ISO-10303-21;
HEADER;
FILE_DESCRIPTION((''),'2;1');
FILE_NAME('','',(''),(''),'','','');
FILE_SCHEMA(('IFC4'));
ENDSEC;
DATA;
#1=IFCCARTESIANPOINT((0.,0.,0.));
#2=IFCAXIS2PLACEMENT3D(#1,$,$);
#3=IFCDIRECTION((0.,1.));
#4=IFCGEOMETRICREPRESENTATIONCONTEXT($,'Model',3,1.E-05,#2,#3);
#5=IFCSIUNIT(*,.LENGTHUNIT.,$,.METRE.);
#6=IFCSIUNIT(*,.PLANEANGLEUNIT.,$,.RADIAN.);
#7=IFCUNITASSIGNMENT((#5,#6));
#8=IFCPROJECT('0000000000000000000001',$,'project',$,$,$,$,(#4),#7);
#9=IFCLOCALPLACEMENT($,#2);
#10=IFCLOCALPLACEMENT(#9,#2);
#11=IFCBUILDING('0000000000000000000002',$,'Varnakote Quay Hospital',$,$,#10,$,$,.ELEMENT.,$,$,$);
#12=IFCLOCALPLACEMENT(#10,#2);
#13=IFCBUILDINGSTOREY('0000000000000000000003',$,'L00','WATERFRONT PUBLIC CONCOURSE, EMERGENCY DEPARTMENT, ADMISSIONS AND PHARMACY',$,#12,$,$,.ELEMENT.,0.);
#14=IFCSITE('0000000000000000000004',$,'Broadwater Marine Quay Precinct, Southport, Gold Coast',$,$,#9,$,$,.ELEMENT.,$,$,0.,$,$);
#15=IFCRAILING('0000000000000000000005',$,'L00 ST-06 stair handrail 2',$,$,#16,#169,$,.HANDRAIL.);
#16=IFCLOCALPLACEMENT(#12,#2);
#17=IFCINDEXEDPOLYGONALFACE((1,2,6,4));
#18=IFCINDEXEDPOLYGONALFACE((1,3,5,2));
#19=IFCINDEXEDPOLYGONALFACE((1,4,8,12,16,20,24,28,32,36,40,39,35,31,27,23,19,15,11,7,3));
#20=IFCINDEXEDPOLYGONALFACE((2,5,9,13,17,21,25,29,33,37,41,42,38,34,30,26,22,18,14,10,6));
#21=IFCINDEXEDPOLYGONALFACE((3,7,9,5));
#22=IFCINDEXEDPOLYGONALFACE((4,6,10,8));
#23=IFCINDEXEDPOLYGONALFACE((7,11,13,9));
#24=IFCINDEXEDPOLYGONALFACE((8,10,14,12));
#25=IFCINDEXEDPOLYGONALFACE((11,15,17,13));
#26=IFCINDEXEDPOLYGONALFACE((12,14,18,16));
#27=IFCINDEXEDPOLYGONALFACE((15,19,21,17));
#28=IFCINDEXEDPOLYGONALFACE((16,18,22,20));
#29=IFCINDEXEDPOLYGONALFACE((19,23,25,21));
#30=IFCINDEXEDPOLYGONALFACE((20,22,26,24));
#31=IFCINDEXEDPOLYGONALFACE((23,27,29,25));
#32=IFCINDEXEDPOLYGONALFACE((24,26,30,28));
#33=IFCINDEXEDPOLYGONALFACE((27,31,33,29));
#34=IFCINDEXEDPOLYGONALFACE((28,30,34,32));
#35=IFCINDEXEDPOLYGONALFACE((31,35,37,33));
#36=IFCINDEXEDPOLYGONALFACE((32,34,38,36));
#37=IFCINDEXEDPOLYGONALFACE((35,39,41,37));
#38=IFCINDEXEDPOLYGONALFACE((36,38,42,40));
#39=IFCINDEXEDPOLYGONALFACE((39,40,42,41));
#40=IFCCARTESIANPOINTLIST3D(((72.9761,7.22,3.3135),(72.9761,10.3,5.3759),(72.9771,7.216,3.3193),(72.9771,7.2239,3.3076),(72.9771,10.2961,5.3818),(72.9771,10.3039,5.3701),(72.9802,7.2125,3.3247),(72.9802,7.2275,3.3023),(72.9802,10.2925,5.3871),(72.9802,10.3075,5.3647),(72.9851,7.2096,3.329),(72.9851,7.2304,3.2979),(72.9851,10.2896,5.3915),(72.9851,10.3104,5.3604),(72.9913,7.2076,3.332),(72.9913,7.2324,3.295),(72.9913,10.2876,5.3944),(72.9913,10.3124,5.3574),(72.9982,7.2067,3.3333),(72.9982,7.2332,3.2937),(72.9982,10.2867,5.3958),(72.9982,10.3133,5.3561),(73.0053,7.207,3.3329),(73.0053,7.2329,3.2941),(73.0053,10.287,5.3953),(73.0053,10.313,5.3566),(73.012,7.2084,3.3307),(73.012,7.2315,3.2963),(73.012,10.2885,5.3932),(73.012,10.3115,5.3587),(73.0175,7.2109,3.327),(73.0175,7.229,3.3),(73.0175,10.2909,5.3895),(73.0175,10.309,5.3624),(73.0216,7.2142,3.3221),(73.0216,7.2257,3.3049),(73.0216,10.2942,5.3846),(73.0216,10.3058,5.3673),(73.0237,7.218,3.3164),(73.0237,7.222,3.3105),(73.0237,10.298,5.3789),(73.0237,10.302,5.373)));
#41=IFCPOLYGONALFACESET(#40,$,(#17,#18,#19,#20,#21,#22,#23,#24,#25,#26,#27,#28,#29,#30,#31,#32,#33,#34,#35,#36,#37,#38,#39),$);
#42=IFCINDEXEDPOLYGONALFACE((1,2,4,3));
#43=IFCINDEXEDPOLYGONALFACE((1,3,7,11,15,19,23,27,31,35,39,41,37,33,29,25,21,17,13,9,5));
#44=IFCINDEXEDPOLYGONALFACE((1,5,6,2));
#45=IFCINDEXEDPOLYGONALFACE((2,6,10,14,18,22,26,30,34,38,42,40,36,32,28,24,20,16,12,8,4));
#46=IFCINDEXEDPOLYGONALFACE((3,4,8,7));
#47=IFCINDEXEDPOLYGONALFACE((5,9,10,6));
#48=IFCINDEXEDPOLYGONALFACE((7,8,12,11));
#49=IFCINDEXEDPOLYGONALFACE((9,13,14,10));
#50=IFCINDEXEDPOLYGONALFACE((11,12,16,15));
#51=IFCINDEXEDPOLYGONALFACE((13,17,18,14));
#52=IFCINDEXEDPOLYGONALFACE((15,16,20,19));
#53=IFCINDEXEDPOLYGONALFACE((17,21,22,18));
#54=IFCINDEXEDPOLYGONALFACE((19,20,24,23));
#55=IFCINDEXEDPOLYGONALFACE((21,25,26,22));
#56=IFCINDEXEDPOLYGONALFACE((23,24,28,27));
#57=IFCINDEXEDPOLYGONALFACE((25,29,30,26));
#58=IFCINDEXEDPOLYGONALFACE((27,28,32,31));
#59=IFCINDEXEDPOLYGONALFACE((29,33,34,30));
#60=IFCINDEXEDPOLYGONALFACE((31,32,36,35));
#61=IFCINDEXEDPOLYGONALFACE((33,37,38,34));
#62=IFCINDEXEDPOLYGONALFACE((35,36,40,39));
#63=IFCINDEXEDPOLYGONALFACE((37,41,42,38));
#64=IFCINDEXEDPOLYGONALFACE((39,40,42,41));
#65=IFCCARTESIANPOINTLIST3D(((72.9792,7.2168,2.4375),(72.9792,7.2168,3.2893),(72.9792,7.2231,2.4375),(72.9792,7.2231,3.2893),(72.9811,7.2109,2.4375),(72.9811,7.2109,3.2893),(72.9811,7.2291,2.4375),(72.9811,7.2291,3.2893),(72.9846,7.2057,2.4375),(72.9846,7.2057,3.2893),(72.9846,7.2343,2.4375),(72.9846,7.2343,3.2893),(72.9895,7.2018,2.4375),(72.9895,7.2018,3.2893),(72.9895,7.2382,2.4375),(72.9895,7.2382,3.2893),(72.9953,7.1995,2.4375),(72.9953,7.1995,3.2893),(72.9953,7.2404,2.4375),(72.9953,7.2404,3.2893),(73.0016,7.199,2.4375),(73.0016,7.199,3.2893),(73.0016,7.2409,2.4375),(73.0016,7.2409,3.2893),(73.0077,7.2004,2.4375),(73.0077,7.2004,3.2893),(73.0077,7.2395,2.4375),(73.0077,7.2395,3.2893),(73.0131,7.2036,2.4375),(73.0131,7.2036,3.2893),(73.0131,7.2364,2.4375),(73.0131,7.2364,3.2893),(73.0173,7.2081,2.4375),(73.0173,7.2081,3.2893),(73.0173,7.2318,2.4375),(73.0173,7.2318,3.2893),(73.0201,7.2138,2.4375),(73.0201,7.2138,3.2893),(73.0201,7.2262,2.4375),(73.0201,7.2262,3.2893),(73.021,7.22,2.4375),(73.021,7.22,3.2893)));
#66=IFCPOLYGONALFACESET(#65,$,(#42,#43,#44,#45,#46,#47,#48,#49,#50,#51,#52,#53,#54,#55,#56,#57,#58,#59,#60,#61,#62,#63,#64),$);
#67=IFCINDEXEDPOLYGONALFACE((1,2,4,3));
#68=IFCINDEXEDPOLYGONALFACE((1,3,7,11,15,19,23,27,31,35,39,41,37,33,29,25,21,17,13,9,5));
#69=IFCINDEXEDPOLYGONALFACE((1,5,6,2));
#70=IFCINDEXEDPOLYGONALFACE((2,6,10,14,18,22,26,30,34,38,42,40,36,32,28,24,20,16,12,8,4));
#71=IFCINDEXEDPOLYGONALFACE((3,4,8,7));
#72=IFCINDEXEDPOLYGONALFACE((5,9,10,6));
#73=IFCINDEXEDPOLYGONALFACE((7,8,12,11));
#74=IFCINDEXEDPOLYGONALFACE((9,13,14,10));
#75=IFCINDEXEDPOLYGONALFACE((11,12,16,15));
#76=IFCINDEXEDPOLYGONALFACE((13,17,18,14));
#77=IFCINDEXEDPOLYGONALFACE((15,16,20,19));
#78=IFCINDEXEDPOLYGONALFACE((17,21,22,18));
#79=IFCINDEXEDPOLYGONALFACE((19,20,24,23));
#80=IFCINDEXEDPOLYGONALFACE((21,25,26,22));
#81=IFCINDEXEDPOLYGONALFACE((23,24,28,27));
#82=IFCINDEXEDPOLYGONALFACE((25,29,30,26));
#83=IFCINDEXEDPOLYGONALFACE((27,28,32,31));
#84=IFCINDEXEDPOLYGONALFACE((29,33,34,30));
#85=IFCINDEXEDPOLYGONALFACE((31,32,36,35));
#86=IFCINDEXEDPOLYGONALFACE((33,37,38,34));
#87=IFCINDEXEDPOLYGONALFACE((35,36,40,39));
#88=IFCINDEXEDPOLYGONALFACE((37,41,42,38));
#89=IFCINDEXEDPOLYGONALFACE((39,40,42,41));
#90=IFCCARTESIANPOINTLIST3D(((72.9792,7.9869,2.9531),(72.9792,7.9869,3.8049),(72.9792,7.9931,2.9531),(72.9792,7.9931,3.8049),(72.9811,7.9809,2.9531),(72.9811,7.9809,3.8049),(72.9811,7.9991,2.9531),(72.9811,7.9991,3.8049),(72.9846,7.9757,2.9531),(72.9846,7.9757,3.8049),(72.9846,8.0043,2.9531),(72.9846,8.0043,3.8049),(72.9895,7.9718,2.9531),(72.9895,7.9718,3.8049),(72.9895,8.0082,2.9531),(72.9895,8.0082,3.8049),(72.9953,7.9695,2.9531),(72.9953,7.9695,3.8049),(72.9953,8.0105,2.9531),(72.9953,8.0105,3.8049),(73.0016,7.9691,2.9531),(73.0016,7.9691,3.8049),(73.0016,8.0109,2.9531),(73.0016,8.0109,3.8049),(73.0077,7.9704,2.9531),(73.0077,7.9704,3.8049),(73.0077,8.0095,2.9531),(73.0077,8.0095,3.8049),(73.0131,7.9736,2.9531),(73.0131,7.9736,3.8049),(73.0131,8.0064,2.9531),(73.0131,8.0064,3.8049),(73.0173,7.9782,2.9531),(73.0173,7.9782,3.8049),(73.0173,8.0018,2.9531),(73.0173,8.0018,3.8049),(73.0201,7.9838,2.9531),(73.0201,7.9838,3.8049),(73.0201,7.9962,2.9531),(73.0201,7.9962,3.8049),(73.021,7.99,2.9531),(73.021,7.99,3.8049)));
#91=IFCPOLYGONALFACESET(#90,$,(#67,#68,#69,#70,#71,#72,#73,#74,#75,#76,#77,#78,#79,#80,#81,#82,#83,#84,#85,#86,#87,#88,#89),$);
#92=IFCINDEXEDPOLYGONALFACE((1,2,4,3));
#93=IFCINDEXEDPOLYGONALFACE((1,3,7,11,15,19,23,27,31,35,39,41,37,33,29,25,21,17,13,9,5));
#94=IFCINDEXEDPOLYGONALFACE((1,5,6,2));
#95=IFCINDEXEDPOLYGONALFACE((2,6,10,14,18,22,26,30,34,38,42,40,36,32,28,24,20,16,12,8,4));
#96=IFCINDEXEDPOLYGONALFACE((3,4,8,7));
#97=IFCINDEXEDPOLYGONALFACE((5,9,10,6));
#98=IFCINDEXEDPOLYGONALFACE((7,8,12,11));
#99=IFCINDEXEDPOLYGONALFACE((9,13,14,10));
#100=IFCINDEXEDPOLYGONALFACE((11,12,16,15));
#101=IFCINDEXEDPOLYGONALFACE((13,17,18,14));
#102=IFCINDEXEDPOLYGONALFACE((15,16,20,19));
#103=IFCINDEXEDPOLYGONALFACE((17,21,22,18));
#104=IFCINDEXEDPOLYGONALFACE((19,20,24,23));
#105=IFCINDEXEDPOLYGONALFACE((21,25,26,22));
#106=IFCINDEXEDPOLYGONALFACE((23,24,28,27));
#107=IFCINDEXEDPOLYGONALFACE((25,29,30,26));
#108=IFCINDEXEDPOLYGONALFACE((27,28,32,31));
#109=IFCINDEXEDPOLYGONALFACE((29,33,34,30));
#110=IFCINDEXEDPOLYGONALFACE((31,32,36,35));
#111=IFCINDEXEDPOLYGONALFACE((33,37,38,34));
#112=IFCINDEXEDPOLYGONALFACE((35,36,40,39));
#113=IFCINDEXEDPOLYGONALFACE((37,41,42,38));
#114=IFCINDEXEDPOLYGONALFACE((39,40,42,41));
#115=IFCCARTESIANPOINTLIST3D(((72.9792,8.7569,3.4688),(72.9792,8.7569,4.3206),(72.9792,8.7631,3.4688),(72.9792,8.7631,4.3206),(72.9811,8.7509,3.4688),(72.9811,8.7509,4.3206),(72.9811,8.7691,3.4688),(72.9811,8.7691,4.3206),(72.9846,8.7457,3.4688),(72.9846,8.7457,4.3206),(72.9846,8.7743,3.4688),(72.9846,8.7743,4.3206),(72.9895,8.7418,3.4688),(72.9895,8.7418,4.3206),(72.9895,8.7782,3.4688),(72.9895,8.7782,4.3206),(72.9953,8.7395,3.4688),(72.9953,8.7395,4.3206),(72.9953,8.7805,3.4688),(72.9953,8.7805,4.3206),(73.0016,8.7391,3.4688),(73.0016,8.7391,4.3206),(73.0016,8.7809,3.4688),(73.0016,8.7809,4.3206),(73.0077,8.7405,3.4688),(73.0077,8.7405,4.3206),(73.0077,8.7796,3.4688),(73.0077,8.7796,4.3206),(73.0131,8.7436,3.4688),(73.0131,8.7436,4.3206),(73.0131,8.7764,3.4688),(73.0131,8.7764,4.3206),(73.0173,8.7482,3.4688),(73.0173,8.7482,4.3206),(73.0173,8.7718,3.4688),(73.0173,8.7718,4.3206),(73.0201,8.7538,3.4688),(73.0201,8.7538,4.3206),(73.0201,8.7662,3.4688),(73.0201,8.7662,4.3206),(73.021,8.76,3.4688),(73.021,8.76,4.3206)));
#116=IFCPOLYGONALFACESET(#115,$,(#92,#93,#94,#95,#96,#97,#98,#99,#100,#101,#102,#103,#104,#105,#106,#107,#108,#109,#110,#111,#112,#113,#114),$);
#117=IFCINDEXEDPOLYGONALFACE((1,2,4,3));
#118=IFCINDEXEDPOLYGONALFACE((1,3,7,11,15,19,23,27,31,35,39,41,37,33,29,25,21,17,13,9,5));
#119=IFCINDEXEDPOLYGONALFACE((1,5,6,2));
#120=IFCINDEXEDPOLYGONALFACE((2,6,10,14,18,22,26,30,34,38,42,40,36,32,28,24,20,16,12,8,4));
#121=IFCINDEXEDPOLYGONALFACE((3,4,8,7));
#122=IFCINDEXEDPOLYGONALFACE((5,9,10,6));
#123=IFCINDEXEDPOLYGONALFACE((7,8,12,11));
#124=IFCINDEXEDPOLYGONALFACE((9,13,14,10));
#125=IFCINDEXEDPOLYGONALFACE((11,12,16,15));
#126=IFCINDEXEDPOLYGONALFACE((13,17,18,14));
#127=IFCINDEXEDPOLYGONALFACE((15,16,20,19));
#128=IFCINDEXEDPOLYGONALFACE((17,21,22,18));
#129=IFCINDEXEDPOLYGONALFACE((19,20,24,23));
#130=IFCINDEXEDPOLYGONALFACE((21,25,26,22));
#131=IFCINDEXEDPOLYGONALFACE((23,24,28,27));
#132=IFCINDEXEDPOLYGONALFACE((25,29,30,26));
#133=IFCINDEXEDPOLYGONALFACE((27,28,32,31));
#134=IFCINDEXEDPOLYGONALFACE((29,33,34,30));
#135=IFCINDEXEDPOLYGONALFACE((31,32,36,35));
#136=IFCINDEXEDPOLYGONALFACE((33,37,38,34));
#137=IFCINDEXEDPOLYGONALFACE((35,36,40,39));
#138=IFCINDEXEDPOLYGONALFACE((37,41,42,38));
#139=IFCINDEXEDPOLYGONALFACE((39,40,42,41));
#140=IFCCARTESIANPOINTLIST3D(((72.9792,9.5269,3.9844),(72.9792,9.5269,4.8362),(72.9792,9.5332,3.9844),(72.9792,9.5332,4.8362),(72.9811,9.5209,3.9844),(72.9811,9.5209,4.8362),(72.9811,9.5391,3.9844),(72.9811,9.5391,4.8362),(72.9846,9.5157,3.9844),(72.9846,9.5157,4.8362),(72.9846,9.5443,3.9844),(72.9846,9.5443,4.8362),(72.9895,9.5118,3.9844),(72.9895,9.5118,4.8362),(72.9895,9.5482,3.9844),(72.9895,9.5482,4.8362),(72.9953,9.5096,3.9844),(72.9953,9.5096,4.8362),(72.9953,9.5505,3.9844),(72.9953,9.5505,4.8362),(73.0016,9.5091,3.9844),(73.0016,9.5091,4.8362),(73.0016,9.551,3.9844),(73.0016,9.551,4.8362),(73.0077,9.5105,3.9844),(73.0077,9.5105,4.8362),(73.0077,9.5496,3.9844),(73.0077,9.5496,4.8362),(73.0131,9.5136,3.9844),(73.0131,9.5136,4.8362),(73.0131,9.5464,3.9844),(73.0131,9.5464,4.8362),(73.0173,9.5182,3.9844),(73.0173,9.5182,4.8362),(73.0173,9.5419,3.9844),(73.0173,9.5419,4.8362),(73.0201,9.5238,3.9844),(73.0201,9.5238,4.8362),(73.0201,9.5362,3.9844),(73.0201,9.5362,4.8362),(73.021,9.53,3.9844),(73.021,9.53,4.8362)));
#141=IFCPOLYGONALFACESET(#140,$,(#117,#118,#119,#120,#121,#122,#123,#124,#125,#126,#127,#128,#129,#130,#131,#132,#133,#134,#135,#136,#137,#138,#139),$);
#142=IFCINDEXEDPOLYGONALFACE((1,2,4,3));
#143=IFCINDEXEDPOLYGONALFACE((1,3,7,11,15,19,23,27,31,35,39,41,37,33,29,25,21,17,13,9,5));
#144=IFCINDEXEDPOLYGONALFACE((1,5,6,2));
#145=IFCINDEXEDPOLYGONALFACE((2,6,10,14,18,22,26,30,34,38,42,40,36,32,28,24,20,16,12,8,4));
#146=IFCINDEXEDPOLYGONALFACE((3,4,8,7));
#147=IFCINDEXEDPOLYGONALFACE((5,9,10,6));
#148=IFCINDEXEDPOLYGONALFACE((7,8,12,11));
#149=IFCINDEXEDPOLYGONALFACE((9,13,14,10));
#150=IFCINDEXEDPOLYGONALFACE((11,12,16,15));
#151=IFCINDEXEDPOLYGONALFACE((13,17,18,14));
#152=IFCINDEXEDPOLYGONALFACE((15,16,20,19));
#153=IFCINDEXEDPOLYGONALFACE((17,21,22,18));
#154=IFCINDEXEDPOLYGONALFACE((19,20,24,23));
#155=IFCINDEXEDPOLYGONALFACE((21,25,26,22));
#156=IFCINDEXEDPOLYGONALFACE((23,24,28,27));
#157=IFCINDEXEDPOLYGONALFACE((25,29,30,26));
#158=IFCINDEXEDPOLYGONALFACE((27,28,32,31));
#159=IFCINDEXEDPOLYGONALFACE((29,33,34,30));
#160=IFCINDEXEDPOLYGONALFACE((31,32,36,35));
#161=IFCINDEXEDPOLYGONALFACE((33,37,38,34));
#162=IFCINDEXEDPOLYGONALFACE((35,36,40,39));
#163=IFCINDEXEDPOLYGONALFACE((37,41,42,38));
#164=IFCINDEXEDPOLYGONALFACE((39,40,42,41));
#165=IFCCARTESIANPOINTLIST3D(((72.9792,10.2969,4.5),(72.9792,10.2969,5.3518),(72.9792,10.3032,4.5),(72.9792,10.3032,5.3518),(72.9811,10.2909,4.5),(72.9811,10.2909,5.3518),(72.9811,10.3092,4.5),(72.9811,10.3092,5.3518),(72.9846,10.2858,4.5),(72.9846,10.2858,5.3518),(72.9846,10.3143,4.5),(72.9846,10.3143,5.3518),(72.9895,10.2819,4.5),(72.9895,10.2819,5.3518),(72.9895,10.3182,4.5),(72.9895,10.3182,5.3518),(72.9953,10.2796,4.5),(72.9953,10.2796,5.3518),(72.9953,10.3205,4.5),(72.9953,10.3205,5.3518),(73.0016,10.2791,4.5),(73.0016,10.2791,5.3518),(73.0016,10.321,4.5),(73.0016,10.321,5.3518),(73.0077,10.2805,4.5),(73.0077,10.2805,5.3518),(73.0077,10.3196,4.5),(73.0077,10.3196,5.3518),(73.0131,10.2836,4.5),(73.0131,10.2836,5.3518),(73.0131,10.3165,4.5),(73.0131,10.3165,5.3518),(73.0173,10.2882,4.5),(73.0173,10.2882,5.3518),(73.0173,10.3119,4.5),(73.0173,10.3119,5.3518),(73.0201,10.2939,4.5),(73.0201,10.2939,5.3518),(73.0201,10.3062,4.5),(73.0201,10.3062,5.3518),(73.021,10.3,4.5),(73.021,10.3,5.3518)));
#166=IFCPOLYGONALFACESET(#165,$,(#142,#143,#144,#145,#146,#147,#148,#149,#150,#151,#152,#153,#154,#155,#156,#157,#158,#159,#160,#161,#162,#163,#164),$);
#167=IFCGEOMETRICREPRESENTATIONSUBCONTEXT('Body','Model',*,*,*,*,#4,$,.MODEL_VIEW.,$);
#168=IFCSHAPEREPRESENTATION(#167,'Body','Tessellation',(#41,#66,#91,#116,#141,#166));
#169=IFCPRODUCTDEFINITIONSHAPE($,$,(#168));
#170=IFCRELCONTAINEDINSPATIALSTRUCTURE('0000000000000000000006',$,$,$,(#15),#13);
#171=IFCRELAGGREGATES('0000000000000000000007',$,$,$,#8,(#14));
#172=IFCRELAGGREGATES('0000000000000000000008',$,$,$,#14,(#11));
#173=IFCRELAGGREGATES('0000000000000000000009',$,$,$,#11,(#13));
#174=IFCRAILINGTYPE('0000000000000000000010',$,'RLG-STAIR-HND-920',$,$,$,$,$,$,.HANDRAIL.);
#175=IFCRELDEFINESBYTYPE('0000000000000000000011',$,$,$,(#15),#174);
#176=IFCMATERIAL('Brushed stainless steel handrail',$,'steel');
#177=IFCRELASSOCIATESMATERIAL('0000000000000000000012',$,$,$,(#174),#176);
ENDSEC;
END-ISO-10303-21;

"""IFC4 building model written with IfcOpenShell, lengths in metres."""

from ifc_helpers import new_model, si_unit, direction, frame, origin, origin_2d, place, context, subcontext, project, spatial, circle, extrude, material, type_object, element, save


model = new_model("IFC4")

# Units and contexts
model_context = context("Model", 3, precision=1e-05, world=origin(), true_north=direction((0.0, 1.0)))
body_context = subcontext(model_context, "Body", "Model", "MODEL_VIEW")
ifc_project = project(units=[si_unit("LENGTHUNIT", "METRE"), si_unit("PLANEANGLEUNIT", "RADIAN")], contexts=[model_context])

# Site, building, storey
site_placement = place(None, origin())
site = spatial("IfcSite", under=ifc_project, at=site_placement, Name="Broadwater Marine Quay Precinct, Southport, Gold Coast", CompositionType="ELEMENT", RefElevation=0.0)
building_placement = place(site_placement, origin())
building = spatial("IfcBuilding", under=site, at=building_placement, Name="Varnakote Quay Hospital", CompositionType="ELEMENT")
storey_placement = place(building_placement, origin())
storey = spatial("IfcBuildingStorey", under=building, at=storey_placement, Name="L00", Description="WATERFRONT PUBLIC CONCOURSE, EMERGENCY DEPARTMENT, ADMISSIONS AND PHARMACY", CompositionType="ELEMENT", Elevation=0.0)

# Railing
ifc_material_1 = material(Name="Brushed stainless steel handrail", Category="steel")
railing_type_1 = type_object("IfcRailingType", Name="RLG-STAIR-HND-920", PredefinedType="HANDRAIL", material=ifc_material_1)
railing_1_placement = place(storey_placement, frame((73.0, 7.22, 2.4375)))
element("IfcRailing", 1, at=railing_1_placement, inside=storey, type_object=railing_type_1, Name="L00 ST-06 stair handrail 2", PredefinedType="HANDRAIL", context=body_context, shape_type="SweptSolid", body=[
    extrude(circle(Radius=0.0239, at=origin_2d()), frame((0.0, 0.0, 0.876), z_axis=(0.0, 0.830914, 0.556401), x_axis=(-1.0, 0.0, 0.0)), (0.0, 0.0, 1.0), 3.7068),
    extrude(circle(Radius=0.021, at=origin_2d()), origin(), (0.0, 0.0, 1.0), 0.8518),
    extrude(circle(Radius=0.021, at=origin_2d()), frame((0.0, 0.77, 0.5156)), (0.0, 0.0, 1.0), 0.8518),
    extrude(circle(Radius=0.021, at=origin_2d()), frame((0.0, 1.54, 1.0312)), (0.0, 0.0, 1.0), 0.8518),
    extrude(circle(Radius=0.021, at=origin_2d()), frame((0.0, 2.3101, 1.5469)), (0.0, 0.0, 1.0), 0.8518),
    extrude(circle(Radius=0.021, at=origin_2d()), frame((0.0, 3.0801, 2.0625)), (0.0, 0.0, 1.0), 0.8518),
])

save(model, "model.ifc")
